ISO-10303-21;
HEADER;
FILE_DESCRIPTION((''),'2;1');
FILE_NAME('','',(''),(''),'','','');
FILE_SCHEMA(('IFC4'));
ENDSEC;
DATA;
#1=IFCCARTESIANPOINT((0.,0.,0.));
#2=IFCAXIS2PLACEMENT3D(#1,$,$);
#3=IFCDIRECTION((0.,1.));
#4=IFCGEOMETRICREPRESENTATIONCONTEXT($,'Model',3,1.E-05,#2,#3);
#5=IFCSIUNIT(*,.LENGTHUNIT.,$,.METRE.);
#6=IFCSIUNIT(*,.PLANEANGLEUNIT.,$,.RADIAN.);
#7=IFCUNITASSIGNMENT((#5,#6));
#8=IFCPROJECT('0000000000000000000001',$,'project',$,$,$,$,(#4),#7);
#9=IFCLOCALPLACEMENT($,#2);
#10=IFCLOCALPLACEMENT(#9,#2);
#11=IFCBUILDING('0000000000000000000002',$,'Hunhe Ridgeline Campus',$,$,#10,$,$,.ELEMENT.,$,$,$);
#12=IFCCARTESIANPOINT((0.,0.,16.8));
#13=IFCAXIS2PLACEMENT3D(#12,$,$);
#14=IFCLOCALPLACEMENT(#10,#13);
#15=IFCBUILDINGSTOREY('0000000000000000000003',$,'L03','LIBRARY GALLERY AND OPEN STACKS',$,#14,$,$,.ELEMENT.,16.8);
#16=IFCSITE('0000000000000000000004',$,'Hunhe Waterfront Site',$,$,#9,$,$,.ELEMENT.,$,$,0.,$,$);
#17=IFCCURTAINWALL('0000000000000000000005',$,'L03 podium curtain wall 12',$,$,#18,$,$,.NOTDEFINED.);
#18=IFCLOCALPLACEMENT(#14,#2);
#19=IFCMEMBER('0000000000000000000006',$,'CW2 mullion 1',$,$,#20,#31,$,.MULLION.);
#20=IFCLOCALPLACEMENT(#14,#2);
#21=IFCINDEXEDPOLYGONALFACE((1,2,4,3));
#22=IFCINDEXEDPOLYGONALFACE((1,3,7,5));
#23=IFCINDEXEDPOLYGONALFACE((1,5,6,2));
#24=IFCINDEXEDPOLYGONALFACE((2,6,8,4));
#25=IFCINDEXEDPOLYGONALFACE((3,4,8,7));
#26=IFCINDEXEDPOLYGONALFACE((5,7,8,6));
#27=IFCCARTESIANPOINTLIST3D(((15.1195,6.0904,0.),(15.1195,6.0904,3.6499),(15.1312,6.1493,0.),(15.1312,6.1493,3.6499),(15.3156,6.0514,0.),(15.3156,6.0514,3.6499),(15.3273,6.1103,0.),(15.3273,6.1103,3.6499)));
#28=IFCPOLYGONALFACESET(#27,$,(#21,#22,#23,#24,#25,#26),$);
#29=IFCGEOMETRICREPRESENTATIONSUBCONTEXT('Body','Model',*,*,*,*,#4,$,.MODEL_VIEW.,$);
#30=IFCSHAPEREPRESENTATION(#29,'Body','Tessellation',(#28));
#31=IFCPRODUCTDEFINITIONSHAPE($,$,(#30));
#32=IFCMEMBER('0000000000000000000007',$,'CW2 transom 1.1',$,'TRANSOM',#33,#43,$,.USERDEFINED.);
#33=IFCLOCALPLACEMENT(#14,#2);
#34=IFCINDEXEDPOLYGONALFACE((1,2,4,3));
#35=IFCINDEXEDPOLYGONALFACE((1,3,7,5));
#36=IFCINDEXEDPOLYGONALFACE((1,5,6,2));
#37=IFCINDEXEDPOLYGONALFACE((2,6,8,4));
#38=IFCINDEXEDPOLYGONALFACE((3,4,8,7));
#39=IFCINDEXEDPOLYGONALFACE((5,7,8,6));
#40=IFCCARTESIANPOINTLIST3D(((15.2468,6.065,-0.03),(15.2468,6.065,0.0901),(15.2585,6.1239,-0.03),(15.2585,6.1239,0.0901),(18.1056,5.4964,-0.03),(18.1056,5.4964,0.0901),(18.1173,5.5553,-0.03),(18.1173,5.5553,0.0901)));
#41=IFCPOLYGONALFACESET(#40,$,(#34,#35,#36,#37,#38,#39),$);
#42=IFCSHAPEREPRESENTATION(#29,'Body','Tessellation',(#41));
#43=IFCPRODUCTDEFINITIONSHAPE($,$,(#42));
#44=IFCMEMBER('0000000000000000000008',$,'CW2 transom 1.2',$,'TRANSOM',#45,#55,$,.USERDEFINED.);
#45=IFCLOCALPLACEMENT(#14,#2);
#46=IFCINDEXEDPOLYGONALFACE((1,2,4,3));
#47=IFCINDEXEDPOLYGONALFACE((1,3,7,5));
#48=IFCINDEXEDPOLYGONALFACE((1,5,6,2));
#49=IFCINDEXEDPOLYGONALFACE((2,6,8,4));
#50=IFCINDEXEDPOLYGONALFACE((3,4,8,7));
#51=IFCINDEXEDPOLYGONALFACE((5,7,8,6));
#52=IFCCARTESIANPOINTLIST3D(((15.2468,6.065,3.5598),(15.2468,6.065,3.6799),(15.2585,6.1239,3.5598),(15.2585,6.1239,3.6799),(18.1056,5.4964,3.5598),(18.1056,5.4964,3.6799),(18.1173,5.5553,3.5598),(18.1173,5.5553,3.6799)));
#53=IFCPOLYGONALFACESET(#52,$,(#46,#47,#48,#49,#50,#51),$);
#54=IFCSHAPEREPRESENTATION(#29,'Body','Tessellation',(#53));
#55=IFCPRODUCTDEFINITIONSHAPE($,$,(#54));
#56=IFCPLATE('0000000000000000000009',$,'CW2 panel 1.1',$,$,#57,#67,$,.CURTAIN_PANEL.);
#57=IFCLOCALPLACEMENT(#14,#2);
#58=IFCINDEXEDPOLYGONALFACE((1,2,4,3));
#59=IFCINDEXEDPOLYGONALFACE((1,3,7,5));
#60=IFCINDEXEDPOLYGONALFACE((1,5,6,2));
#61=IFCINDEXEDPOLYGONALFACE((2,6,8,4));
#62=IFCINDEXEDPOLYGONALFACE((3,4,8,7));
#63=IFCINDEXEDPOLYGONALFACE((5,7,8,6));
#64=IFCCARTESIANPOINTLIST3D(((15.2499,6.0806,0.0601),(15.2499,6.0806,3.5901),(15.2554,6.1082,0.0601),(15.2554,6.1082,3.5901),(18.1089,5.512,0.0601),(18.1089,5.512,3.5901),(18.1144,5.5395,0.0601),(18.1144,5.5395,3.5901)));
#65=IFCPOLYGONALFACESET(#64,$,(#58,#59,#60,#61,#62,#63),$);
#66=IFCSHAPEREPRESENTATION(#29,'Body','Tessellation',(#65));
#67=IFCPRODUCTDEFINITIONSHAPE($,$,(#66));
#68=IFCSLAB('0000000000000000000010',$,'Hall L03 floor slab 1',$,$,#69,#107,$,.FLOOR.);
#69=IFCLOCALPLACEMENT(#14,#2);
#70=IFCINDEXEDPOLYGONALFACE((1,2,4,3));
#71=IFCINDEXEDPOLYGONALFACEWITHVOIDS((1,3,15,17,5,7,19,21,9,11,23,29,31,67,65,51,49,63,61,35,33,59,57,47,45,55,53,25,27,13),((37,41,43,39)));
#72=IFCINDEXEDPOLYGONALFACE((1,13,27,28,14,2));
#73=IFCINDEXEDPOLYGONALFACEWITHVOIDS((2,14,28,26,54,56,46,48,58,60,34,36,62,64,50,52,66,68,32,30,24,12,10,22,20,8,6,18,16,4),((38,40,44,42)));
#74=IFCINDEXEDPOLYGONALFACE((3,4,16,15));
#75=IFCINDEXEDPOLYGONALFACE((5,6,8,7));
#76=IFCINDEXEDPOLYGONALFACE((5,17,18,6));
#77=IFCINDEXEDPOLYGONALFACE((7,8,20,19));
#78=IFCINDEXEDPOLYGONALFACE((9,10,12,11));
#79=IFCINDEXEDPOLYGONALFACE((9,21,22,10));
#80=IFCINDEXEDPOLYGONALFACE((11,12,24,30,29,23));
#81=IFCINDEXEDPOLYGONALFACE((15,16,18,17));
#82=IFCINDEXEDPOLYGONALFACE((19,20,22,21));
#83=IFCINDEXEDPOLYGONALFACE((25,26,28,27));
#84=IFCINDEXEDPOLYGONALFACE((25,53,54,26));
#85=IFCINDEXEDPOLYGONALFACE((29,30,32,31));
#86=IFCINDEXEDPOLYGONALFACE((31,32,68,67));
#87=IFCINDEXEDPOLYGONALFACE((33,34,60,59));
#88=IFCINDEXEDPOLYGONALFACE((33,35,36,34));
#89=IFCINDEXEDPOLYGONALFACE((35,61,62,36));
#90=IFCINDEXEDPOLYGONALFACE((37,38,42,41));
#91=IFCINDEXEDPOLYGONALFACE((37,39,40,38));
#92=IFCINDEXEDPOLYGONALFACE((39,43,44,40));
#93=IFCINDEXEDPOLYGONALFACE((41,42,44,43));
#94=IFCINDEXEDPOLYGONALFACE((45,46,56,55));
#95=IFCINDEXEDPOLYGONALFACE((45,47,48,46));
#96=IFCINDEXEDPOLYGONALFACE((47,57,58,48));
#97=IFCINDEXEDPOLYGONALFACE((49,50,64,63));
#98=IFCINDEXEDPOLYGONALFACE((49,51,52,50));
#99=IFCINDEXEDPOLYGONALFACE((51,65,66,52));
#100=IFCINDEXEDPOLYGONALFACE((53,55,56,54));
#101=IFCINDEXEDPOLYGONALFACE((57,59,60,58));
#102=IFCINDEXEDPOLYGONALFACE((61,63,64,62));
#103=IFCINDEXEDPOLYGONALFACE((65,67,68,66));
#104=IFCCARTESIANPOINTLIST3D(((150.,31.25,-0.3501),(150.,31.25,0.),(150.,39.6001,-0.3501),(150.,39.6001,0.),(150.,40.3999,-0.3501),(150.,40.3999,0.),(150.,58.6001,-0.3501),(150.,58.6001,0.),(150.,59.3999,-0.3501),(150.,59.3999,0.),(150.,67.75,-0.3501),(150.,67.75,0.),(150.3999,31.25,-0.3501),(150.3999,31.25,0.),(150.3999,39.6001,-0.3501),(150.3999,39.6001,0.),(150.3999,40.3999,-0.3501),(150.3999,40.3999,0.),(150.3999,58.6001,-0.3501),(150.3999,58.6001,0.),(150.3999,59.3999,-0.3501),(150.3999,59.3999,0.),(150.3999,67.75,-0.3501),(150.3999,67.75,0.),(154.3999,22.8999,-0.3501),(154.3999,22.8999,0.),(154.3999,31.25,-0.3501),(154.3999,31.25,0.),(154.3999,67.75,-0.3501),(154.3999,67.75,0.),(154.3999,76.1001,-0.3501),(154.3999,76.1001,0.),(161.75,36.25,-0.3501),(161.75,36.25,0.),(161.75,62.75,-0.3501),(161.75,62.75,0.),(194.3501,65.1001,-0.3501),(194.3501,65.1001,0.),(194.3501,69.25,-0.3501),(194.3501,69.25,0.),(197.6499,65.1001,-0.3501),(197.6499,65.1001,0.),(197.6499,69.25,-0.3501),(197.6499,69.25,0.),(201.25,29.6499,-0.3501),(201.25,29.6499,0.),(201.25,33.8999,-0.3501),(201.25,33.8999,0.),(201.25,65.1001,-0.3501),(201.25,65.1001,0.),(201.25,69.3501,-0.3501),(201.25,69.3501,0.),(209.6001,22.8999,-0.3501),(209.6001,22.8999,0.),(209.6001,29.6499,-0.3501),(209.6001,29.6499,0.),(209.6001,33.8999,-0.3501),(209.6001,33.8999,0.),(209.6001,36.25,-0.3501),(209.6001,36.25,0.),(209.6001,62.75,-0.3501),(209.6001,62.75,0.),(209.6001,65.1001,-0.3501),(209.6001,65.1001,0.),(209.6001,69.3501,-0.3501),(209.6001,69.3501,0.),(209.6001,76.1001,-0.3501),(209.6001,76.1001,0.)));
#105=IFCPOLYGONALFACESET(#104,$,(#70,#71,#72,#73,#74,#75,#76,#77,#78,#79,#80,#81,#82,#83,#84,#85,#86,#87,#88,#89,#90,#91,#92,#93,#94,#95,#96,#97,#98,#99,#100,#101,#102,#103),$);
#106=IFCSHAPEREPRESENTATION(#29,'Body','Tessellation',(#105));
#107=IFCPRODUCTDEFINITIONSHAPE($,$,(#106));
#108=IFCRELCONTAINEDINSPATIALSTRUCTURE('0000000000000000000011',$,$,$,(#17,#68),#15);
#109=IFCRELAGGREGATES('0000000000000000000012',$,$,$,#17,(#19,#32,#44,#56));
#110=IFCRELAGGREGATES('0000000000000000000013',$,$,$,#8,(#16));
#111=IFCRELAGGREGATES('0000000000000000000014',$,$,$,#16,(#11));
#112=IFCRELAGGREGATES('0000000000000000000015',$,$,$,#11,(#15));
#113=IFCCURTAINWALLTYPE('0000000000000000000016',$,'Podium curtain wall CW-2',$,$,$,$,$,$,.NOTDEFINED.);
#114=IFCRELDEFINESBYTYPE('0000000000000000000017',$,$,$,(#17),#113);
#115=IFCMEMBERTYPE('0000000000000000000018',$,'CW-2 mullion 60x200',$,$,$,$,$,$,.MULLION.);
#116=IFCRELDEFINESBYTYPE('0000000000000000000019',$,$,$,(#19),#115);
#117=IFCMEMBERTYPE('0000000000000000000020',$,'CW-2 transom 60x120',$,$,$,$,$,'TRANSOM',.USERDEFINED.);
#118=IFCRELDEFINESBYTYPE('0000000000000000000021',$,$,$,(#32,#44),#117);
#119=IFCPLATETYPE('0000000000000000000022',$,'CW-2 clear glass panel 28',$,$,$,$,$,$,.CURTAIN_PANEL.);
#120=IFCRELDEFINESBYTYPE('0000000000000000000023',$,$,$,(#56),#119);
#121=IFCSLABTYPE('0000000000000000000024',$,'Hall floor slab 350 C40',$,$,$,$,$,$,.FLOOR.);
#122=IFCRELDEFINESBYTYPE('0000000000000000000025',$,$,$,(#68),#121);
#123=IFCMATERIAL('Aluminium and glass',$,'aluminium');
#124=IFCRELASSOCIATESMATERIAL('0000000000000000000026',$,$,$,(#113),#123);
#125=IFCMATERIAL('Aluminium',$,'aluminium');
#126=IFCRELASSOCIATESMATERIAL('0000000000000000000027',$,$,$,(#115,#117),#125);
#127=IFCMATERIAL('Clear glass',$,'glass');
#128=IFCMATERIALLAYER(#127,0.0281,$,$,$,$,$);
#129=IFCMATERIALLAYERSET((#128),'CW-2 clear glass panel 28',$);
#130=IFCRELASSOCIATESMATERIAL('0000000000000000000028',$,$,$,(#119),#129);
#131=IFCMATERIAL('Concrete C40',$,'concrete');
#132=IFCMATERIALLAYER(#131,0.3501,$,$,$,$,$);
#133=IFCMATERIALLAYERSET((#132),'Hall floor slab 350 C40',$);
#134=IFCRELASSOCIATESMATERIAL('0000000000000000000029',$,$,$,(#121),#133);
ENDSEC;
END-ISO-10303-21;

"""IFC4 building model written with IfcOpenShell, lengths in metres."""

from ifc_helpers import new_model, si_unit, direction, frame, origin, origin_2d, place, context, subcontext, project, spatial, polyline, rectangle, outline, extrude, material, layer, layer_set, material_profile, profile_set, type_object, element, aggregate, save


model = new_model("IFC4")

# Units and contexts
model_context = context("Model", 3, precision=1e-05, world=origin(), true_north=direction((0.0, 1.0)))
body_context = subcontext(model_context, "Body", "Model", "MODEL_VIEW")
ifc_project = project(units=[si_unit("LENGTHUNIT", "METRE"), si_unit("PLANEANGLEUNIT", "RADIAN")], contexts=[model_context])

# Site, building, storey
site_placement = place(None, origin())
site = spatial("IfcSite", under=ifc_project, at=site_placement, Name="Hunhe Waterfront Site", CompositionType="ELEMENT", RefElevation=0.0)
building_placement = place(site_placement, origin())
building = spatial("IfcBuilding", under=site, at=building_placement, Name="Hunhe Ridgeline Campus", CompositionType="ELEMENT")
storey_placement = place(building_placement, frame((0.0, 0.0, 16.8)))
storey = spatial("IfcBuildingStorey", under=building, at=storey_placement, Name="L03", Description="LIBRARY GALLERY AND OPEN STACKS", CompositionType="ELEMENT", Elevation=16.8)

# Curtain wall, members, plate
ifc_material_1 = material(Name="Aluminium and glass", Category="aluminium")
curtain_wall_type = type_object("IfcCurtainWallType", Name="Podium curtain wall CW-2", PredefinedType="NOTDEFINED", material=ifc_material_1)
curtain_wall_placement = place(storey_placement, origin())
curtain_wall = element("IfcCurtainWall", 1, at=curtain_wall_placement, inside=storey, type_object=curtain_wall_type, Name="L03 podium curtain wall 12", PredefinedType="NOTDEFINED")
ifc_material_2 = material(Name="Aluminium", Category="aluminium")
ifc_material_profile_1 = material_profile(ifc_material_2, rectangle(XDim=0.0601, YDim=0.2, at=origin_2d()))
ifc_profile_set_1 = profile_set([ifc_material_profile_1], Name="Aluminium")
member_type_1 = type_object("IfcMemberType", Name="CW-2 mullion 60x200", PredefinedType="MULLION", material=ifc_profile_set_1)
member_1_placement = place(storey_placement, frame((15.2234, 6.1003, 0.0), z_axis=(0.0, 0.0, 1.0), x_axis=(0.195079, 0.980787, 0.0)))
member_1 = element("IfcMember", 2, at=member_1_placement, type_object=member_type_1, Name="CW2 mullion 1", PredefinedType="MULLION", context=body_context, shape_type="SweptSolid", body=[
    extrude(rectangle(XDim=0.0601, YDim=0.2, at=origin_2d()), origin(), (0.0, 0.0, 1.0), 3.6499),
])
ifc_material_profile_2 = material_profile(ifc_material_2, rectangle(XDim=0.0601, YDim=0.1201, at=origin_2d()))
ifc_profile_set_2 = profile_set([ifc_material_profile_2], Name="Aluminium")
member_type_2 = type_object("IfcMemberType", Name="CW-2 transom 60x120", ElementType="TRANSOM", PredefinedType="USERDEFINED", material=ifc_profile_set_2)
member_2_placement = place(storey_placement, frame((15.2527, 6.0945, 0.03), z_axis=(0.98079, -0.195069, 0.0), x_axis=(0.195069, 0.98079, 0.0)))
member_2 = element("IfcMember", 3, at=member_2_placement, type_object=member_type_2, Name="CW2 transom 1.1", ObjectType="TRANSOM", PredefinedType="USERDEFINED", context=body_context, shape_type="SweptSolid", body=[
    extrude(rectangle(XDim=0.0601, YDim=0.1201, at=origin_2d()), origin(), (0.0, 0.0, 1.0), 2.9148),
])
member_3_placement = place(storey_placement, frame((15.2527, 6.0945, 3.6199), z_axis=(0.98079, -0.195069, 0.0), x_axis=(0.195069, 0.98079, 0.0)))
member_3 = element("IfcMember", 4, at=member_3_placement, type_object=member_type_2, Name="CW2 transom 1.2", ObjectType="TRANSOM", PredefinedType="USERDEFINED", context=body_context, shape_type="SweptSolid", body=[
    extrude(rectangle(XDim=0.0601, YDim=0.1201, at=origin_2d()), origin(), (0.0, 0.0, 1.0), 2.9148),
])
ifc_material_3 = material(Name="Clear glass", Category="glass")
ifc_layer_1 = layer(ifc_material_3, 0.0281)
ifc_layer_set_1 = layer_set([ifc_layer_1], Name="CW-2 clear glass panel 28")
plate_type = type_object("IfcPlateType", Name="CW-2 clear glass panel 28", PredefinedType="CURTAIN_PANEL", material=ifc_layer_set_1)
plate_placement = place(storey_placement, frame((16.6821, 5.8101, 0.0601), z_axis=(0.0, 0.0, 1.0), x_axis=(0.980787, -0.195079, 0.0)))
plate = element("IfcPlate", 5, at=plate_placement, type_object=plate_type, Name="CW2 panel 1.1", PredefinedType="CURTAIN_PANEL", context=body_context, shape_type="SweptSolid", body=[
    extrude(rectangle(XDim=2.915, YDim=0.0281, at=origin_2d()), origin(), (0.0, 0.0, 1.0), 3.53),
])
aggregate(curtain_wall, [member_1, member_2, member_3, plate])

# Slab
ifc_material_4 = material(Name="Concrete C40", Category="concrete")
ifc_layer_2 = layer(ifc_material_4, 0.3501)
ifc_layer_set_2 = layer_set([ifc_layer_2], Name="Hall floor slab 350 C40")
slab_type_1 = type_object("IfcSlabType", Name="Hall floor slab 350 C40", PredefinedType="FLOOR", material=ifc_layer_set_2)
slab_1_placement = place(storey_placement, frame((0.0, 0.0, -0.3501)))
element("IfcSlab", 6, at=slab_1_placement, inside=storey, type_object=slab_type_1, Name="Hall L03 floor slab 1", PredefinedType="FLOOR", context=body_context, shape_type="SweptSolid", body=[
    extrude(outline(polyline([(150.3999, 31.25), (154.3999, 31.25), (154.3999, 22.8999), (209.6001, 22.8999), (209.6001, 29.6499), (201.25, 29.6499), (201.25, 33.8999), (209.6001, 33.8999), (209.6001, 36.25), (161.75, 36.25), (161.75, 62.75), (209.6001, 62.75), (209.6001, 65.1001), (201.25, 65.1001), (201.25, 69.3501), (209.6001, 69.3501), (209.6001, 76.1001), (154.3999, 76.1001), (154.3999, 67.75), (150.3999, 67.75), (150.0, 67.75), (150.0, 59.3999), (150.3999, 59.3999), (150.3999, 58.6001), (150.0, 58.6001), (150.0, 40.3999), (150.3999, 40.3999), (150.3999, 39.6001), (150.0, 39.6001), (150.0, 31.25), (150.3999, 31.25)]), holes=[polyline([(194.3501, 65.1001), (197.6499, 65.1001), (197.6499, 69.25), (194.3501, 69.25), (194.3501, 65.1001)])]), origin(), (0.0, 0.0, 1.0), 0.3501),
])

save(model, "model.ifc")
